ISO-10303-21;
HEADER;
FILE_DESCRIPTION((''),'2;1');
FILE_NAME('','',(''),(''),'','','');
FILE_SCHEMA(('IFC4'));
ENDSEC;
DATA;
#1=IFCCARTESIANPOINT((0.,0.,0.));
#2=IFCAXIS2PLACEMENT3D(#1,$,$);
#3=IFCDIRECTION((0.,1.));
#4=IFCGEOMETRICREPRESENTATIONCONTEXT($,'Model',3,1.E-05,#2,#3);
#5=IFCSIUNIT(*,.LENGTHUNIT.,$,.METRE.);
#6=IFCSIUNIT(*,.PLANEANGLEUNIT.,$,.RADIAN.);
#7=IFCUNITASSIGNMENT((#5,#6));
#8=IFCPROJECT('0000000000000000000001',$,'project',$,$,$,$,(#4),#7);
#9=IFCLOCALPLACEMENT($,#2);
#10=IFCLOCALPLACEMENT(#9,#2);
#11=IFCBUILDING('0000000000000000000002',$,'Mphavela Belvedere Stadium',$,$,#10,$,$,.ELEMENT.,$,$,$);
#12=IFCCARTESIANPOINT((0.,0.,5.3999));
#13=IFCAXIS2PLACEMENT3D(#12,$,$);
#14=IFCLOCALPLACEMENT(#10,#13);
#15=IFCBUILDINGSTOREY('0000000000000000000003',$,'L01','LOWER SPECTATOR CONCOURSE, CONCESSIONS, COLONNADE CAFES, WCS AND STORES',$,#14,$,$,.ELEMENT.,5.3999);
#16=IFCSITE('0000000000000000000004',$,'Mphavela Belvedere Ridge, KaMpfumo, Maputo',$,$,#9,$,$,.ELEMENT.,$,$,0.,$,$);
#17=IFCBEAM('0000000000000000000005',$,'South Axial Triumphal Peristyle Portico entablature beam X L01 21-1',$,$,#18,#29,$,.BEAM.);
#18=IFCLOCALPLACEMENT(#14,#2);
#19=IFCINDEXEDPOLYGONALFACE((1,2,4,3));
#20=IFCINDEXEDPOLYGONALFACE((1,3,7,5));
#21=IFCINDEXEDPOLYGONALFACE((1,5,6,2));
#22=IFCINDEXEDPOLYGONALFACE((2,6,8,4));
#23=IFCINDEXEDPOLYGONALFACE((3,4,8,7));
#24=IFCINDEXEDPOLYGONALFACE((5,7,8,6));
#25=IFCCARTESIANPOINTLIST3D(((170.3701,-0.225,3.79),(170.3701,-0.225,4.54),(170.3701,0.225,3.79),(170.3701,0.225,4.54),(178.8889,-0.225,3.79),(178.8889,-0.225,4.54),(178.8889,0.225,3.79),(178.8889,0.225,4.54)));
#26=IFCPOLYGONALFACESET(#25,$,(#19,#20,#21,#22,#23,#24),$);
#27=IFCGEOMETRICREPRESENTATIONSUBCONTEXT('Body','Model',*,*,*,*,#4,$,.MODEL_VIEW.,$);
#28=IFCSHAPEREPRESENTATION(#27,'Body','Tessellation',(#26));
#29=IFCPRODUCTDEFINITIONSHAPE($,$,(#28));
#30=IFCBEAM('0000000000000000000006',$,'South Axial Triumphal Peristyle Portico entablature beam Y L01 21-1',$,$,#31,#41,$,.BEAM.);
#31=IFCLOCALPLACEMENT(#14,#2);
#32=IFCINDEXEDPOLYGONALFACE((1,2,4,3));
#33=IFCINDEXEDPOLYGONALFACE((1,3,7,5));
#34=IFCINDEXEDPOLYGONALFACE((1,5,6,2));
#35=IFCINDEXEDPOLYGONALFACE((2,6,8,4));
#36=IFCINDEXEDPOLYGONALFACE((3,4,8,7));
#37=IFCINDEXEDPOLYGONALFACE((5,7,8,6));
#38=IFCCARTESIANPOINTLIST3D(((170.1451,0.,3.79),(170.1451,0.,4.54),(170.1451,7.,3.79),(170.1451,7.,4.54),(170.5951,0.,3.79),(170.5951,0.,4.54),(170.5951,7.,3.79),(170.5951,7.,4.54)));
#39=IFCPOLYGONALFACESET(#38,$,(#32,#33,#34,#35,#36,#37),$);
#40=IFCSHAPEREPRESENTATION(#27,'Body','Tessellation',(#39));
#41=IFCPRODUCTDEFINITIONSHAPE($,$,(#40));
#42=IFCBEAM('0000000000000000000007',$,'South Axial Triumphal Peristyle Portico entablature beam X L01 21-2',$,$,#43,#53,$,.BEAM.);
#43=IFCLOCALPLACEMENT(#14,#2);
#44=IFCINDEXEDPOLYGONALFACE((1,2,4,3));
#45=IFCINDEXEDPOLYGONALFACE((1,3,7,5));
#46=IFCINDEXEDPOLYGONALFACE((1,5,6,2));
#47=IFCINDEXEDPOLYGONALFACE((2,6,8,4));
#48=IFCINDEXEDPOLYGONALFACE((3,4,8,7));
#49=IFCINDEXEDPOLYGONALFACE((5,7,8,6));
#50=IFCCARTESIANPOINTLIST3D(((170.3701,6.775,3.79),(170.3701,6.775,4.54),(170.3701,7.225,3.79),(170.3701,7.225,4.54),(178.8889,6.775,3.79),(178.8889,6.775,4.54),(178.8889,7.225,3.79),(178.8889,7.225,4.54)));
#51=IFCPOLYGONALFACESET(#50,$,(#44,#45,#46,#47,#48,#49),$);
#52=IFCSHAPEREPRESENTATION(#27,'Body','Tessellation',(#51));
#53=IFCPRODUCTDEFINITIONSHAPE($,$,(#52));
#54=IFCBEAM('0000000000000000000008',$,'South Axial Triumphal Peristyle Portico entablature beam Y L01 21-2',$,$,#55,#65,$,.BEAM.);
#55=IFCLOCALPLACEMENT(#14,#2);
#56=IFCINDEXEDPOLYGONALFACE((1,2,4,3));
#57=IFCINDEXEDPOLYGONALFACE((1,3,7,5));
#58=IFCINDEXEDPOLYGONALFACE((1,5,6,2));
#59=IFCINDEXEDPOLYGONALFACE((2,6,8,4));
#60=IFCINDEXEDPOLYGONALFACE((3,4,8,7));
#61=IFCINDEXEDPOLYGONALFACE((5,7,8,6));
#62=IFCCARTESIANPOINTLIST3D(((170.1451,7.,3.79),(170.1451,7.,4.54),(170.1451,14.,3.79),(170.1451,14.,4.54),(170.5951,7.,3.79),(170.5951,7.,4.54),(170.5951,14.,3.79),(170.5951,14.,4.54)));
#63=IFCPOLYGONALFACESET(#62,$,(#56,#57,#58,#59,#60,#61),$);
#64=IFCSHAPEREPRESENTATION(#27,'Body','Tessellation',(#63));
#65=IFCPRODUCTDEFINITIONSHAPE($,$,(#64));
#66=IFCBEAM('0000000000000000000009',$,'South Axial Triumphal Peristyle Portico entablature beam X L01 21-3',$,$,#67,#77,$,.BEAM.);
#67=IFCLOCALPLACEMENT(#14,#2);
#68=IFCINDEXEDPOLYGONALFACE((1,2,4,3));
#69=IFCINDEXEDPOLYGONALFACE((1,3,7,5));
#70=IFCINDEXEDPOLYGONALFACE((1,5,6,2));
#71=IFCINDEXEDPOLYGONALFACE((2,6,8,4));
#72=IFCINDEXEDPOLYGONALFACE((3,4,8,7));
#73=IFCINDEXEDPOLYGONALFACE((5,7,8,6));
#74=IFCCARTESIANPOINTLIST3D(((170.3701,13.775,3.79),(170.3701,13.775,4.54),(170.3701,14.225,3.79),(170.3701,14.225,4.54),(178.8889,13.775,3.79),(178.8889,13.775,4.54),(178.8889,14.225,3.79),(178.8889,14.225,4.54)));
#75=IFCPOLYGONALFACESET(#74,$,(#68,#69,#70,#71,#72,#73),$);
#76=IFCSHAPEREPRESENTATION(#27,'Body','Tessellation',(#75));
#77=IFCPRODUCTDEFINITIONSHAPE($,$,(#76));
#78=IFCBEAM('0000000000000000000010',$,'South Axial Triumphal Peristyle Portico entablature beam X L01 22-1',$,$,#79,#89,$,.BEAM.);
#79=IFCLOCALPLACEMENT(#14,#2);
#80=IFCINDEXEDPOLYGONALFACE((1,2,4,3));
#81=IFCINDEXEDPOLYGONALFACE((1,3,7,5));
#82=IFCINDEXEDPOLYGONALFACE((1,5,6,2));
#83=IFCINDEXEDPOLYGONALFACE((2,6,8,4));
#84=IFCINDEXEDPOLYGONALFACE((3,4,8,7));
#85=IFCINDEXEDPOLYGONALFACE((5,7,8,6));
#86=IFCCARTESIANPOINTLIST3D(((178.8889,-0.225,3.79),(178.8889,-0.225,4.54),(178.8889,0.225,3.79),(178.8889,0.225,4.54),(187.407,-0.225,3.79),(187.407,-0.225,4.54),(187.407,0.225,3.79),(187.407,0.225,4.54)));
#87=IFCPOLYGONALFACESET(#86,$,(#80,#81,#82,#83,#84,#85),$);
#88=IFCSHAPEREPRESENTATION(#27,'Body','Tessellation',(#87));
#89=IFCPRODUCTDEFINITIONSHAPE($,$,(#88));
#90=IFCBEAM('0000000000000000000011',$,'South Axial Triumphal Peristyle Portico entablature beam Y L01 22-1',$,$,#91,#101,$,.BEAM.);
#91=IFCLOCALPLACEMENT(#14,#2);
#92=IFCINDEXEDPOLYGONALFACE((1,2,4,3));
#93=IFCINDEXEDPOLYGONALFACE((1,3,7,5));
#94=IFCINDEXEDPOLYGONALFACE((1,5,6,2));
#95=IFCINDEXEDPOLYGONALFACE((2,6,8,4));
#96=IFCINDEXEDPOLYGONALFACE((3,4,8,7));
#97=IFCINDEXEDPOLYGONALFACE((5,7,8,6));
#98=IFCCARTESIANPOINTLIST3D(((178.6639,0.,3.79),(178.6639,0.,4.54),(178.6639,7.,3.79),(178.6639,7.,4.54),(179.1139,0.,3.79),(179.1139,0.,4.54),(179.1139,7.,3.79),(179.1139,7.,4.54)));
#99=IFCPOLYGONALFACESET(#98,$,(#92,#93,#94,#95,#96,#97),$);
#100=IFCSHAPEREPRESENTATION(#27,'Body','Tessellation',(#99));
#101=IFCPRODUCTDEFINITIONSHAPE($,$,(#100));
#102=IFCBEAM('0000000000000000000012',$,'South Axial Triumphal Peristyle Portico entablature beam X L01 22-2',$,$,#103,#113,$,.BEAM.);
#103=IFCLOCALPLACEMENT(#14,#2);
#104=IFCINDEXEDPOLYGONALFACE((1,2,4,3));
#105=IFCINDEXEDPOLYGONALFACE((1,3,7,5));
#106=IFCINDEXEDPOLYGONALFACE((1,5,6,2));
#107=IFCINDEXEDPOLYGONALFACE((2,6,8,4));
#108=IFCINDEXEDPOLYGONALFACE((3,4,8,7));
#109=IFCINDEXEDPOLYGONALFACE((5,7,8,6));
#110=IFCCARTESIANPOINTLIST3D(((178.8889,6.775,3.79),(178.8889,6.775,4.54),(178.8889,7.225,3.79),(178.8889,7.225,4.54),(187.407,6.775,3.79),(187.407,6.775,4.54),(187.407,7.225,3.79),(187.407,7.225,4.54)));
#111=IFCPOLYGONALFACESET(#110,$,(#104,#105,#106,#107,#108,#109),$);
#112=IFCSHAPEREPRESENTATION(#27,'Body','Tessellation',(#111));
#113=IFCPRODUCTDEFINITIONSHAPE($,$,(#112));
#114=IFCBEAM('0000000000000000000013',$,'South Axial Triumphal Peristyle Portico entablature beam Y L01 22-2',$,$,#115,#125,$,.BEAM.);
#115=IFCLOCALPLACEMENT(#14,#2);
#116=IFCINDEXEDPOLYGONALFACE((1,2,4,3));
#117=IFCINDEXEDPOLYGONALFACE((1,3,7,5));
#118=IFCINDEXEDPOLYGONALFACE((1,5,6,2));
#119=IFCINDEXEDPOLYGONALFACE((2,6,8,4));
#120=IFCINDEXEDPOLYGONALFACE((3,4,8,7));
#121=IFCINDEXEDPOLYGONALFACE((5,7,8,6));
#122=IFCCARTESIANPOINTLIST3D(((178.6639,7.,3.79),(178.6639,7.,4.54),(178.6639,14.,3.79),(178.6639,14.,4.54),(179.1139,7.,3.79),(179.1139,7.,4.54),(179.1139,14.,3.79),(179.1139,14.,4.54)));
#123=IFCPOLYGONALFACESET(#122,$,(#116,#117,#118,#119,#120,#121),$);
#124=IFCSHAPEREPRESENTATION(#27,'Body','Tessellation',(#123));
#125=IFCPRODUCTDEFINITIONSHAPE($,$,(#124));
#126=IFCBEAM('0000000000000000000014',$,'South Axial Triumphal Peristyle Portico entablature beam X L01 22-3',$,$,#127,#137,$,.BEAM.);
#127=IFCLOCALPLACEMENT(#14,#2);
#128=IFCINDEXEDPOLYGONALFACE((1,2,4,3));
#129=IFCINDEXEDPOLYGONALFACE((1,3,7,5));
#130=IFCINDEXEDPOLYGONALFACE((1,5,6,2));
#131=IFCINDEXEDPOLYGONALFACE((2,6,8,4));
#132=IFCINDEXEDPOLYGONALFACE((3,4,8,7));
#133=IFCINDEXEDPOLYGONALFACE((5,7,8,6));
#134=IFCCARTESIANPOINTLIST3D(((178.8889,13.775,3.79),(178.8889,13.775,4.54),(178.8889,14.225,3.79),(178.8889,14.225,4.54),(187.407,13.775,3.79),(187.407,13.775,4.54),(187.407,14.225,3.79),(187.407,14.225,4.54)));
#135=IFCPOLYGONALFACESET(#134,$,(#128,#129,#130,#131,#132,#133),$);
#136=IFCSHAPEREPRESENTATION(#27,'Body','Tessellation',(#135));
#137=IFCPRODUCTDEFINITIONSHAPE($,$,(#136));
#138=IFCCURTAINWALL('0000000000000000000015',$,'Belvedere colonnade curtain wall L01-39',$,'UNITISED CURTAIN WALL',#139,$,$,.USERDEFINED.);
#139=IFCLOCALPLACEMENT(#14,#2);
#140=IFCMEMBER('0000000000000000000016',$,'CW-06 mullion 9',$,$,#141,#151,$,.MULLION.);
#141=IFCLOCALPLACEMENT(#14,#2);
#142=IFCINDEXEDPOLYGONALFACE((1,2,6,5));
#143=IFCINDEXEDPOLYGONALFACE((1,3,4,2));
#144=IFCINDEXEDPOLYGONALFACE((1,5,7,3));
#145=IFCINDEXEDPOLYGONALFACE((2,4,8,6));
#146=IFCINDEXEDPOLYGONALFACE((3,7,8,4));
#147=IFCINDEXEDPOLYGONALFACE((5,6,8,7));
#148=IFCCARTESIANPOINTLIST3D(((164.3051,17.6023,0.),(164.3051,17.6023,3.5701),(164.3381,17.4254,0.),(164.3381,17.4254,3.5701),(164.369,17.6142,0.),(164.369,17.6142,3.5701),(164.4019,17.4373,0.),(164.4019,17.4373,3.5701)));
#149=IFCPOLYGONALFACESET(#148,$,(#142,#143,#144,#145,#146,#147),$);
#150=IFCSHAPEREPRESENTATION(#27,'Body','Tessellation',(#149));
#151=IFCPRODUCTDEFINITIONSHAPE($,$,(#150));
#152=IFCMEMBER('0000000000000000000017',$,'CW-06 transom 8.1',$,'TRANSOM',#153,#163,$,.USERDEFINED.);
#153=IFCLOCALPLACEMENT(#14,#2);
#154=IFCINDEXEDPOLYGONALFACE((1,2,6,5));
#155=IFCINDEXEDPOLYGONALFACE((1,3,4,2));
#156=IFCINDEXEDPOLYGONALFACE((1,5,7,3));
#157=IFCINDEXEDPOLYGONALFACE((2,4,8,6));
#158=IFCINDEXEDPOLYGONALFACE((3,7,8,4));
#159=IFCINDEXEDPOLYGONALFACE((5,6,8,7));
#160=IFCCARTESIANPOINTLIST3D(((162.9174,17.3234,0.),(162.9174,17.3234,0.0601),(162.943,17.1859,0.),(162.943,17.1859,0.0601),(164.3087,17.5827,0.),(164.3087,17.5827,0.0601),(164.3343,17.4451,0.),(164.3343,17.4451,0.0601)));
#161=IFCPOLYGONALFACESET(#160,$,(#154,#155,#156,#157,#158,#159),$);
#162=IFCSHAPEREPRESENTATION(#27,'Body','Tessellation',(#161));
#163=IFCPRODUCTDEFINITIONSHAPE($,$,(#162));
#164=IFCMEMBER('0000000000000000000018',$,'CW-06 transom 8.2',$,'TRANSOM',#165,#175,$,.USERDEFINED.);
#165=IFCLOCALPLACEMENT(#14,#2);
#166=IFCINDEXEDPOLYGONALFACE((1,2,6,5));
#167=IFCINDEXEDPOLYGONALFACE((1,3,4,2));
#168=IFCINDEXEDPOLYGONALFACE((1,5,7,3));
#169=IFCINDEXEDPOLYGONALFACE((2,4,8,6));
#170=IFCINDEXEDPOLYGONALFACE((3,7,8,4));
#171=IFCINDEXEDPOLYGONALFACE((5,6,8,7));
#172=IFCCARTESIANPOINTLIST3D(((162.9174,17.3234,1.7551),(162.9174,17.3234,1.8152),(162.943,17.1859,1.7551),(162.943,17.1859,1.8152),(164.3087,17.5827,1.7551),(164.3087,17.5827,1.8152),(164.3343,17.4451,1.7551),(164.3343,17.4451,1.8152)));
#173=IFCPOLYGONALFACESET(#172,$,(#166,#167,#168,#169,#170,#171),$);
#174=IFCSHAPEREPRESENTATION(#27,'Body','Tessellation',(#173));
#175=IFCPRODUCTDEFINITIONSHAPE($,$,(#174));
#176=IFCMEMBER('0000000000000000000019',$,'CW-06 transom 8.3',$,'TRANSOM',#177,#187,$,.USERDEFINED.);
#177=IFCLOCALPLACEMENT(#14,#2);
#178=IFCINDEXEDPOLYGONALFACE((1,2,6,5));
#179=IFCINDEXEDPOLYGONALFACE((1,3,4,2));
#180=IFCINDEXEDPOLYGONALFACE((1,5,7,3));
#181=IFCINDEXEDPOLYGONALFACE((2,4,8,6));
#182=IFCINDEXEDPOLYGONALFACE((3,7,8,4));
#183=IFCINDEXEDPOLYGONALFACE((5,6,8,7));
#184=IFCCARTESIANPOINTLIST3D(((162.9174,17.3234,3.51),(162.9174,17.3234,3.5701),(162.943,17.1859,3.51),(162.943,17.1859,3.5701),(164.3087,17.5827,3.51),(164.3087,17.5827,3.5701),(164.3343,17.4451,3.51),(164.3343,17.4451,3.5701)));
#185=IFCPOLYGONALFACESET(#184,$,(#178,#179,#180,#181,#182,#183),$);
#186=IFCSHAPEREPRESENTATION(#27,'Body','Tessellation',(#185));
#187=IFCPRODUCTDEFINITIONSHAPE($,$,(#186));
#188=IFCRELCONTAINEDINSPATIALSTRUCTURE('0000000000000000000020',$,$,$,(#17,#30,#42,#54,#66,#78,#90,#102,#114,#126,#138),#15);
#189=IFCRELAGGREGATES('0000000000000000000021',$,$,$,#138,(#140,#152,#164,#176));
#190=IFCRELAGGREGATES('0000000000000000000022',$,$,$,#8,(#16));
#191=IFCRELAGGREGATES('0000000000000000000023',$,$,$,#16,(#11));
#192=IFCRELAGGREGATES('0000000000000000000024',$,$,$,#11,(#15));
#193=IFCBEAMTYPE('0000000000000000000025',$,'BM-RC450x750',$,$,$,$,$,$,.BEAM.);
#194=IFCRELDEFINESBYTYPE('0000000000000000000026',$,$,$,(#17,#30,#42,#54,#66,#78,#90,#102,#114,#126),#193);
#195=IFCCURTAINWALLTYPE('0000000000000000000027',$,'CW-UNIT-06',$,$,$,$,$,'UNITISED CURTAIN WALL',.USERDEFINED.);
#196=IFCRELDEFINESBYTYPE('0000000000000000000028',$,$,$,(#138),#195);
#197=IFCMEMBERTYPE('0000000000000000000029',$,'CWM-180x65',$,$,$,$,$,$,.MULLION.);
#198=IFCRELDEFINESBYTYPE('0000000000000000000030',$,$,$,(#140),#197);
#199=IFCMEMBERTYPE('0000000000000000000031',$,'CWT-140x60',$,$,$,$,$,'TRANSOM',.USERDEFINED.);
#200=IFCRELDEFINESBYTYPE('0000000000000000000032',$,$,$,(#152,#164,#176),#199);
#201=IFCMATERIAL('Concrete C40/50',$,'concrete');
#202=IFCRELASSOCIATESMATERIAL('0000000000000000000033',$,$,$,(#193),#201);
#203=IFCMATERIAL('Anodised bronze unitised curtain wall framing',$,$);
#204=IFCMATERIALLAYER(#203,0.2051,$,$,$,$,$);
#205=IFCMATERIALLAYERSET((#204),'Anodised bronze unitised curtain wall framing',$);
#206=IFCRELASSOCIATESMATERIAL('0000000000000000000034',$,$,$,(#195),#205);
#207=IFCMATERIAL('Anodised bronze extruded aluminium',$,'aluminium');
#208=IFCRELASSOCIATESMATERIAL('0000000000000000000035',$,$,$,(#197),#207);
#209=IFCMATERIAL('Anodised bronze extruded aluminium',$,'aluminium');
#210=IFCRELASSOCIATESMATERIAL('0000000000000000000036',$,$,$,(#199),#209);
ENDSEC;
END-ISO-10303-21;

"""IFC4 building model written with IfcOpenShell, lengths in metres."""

from ifc_helpers import new_model, si_unit, direction, frame, origin, origin_2d, place, context, subcontext, project, spatial, rectangle, extrude, material, layer, layer_set, material_profile, profile_set, type_object, element, aggregate, save


model = new_model("IFC4")

# Units and contexts
model_context = context("Model", 3, precision=1e-05, world=origin(), true_north=direction((0.0, 1.0)))
body_context = subcontext(model_context, "Body", "Model", "MODEL_VIEW")
ifc_project = project(units=[si_unit("LENGTHUNIT", "METRE"), si_unit("PLANEANGLEUNIT", "RADIAN")], contexts=[model_context])

# Site, building, storey
site_placement = place(None, origin())
site = spatial("IfcSite", under=ifc_project, at=site_placement, Name="Mphavela Belvedere Ridge, KaMpfumo, Maputo", CompositionType="ELEMENT", RefElevation=0.0)
building_placement = place(site_placement, origin())
building = spatial("IfcBuilding", under=site, at=building_placement, Name="Mphavela Belvedere Stadium", CompositionType="ELEMENT")
storey_placement = place(building_placement, frame((0.0, 0.0, 5.3999)))
storey = spatial("IfcBuildingStorey", under=building, at=storey_placement, Name="L01", Description="LOWER SPECTATOR CONCOURSE, CONCESSIONS, COLONNADE CAFES, WCS AND STORES", CompositionType="ELEMENT", Elevation=5.3999)

# Beams
ifc_material_1 = material(Name="Concrete C40/50", Category="concrete")
ifc_material_profile_1 = material_profile(ifc_material_1, rectangle(XDim=0.45, YDim=0.75, at=origin_2d()), Name="RC 450x750")
ifc_profile_set_1 = profile_set([ifc_material_profile_1], Name="Concrete C40/50")
beam_type_1 = type_object("IfcBeamType", Name="BM-RC450x750", PredefinedType="BEAM", material=ifc_profile_set_1)
beam_1_placement = place(storey_placement, frame((170.3701, 0.0, 4.165), z_axis=(1.0, 0.0, 0.0), x_axis=(0.0, 1.0, 0.0)))
element("IfcBeam", 1, at=beam_1_placement, inside=storey, type_object=beam_type_1, Name="South Axial Triumphal Peristyle Portico entablature beam X L01 21-1", PredefinedType="BEAM", context=body_context, shape_type="SweptSolid", body=[
    extrude(rectangle(XDim=0.45, YDim=0.75, at=origin_2d()), origin(), (0.0, 0.0, 1.0), 8.5188),
])
beam_2_placement = place(storey_placement, frame((170.3701, 0.0, 4.165), z_axis=(0.0, 1.0, 0.0), x_axis=(-1.0, 0.0, 0.0)))
element("IfcBeam", 2, at=beam_2_placement, inside=storey, type_object=beam_type_1, Name="South Axial Triumphal Peristyle Portico entablature beam Y L01 21-1", PredefinedType="BEAM", context=body_context, shape_type="SweptSolid", body=[
    extrude(rectangle(XDim=0.45, YDim=0.75, at=origin_2d()), origin(), (0.0, 0.0, 1.0), 7.0),
])
beam_3_placement = place(storey_placement, frame((170.3701, 7.0, 4.165), z_axis=(1.0, 0.0, 0.0), x_axis=(0.0, 1.0, 0.0)))
element("IfcBeam", 3, at=beam_3_placement, inside=storey, type_object=beam_type_1, Name="South Axial Triumphal Peristyle Portico entablature beam X L01 21-2", PredefinedType="BEAM", context=body_context, shape_type="SweptSolid", body=[
    extrude(rectangle(XDim=0.45, YDim=0.75, at=origin_2d()), origin(), (0.0, 0.0, 1.0), 8.5188),
])
beam_4_placement = place(storey_placement, frame((170.3701, 7.0, 4.165), z_axis=(0.0, 1.0, 0.0), x_axis=(-1.0, 0.0, 0.0)))
element("IfcBeam", 4, at=beam_4_placement, inside=storey, type_object=beam_type_1, Name="South Axial Triumphal Peristyle Portico entablature beam Y L01 21-2", PredefinedType="BEAM", context=body_context, shape_type="SweptSolid", body=[
    extrude(rectangle(XDim=0.45, YDim=0.75, at=origin_2d()), origin(), (0.0, 0.0, 1.0), 7.0),
])
beam_5_placement = place(storey_placement, frame((170.3701, 14.0, 4.165), z_axis=(1.0, 0.0, 0.0), x_axis=(0.0, 1.0, 0.0)))
element("IfcBeam", 5, at=beam_5_placement, inside=storey, type_object=beam_type_1, Name="South Axial Triumphal Peristyle Portico entablature beam X L01 21-3", PredefinedType="BEAM", context=body_context, shape_type="SweptSolid", body=[
    extrude(rectangle(XDim=0.45, YDim=0.75, at=origin_2d()), origin(), (0.0, 0.0, 1.0), 8.5188),
])
beam_6_placement = place(storey_placement, frame((178.8889, 0.0, 4.165), z_axis=(1.0, 0.0, 0.0), x_axis=(0.0, 1.0, 0.0)))
element("IfcBeam", 6, at=beam_6_placement, inside=storey, type_object=beam_type_1, Name="South Axial Triumphal Peristyle Portico entablature beam X L01 22-1", PredefinedType="BEAM", context=body_context, shape_type="SweptSolid", body=[
    extrude(rectangle(XDim=0.45, YDim=0.75, at=origin_2d()), origin(), (0.0, 0.0, 1.0), 8.5181),
])
beam_7_placement = place(storey_placement, frame((178.8889, 0.0, 4.165), z_axis=(0.0, 1.0, 0.0), x_axis=(-1.0, 0.0, 0.0)))
element("IfcBeam", 7, at=beam_7_placement, inside=storey, type_object=beam_type_1, Name="South Axial Triumphal Peristyle Portico entablature beam Y L01 22-1", PredefinedType="BEAM", context=body_context, shape_type="SweptSolid", body=[
    extrude(rectangle(XDim=0.45, YDim=0.75, at=origin_2d()), origin(), (0.0, 0.0, 1.0), 7.0),
])
beam_8_placement = place(storey_placement, frame((178.8889, 7.0, 4.165), z_axis=(1.0, 0.0, 0.0), x_axis=(0.0, 1.0, 0.0)))
element("IfcBeam", 8, at=beam_8_placement, inside=storey, type_object=beam_type_1, Name="South Axial Triumphal Peristyle Portico entablature beam X L01 22-2", PredefinedType="BEAM", context=body_context, shape_type="SweptSolid", body=[
    extrude(rectangle(XDim=0.45, YDim=0.75, at=origin_2d()), origin(), (0.0, 0.0, 1.0), 8.5181),
])
beam_9_placement = place(storey_placement, frame((178.8889, 7.0, 4.165), z_axis=(0.0, 1.0, 0.0), x_axis=(-1.0, 0.0, 0.0)))
element("IfcBeam", 9, at=beam_9_placement, inside=storey, type_object=beam_type_1, Name="South Axial Triumphal Peristyle Portico entablature beam Y L01 22-2", PredefinedType="BEAM", context=body_context, shape_type="SweptSolid", body=[
    extrude(rectangle(XDim=0.45, YDim=0.75, at=origin_2d()), origin(), (0.0, 0.0, 1.0), 7.0),
])
beam_10_placement = place(storey_placement, frame((178.8889, 14.0, 4.165), z_axis=(1.0, 0.0, 0.0), x_axis=(0.0, 1.0, 0.0)))
element("IfcBeam", 10, at=beam_10_placement, inside=storey, type_object=beam_type_1, Name="South Axial Triumphal Peristyle Portico entablature beam X L01 22-3", PredefinedType="BEAM", context=body_context, shape_type="SweptSolid", body=[
    extrude(rectangle(XDim=0.45, YDim=0.75, at=origin_2d()), origin(), (0.0, 0.0, 1.0), 8.5181),
])

# Curtain wall, members
ifc_material_2 = material(Name="Anodised bronze unitised curtain wall framing")
ifc_layer_1 = layer(ifc_material_2, 0.2051)
ifc_layer_set_1 = layer_set([ifc_layer_1], Name="Anodised bronze unitised curtain wall framing")
curtain_wall_type = type_object("IfcCurtainWallType", Name="CW-UNIT-06", ElementType="UNITISED CURTAIN WALL", PredefinedType="USERDEFINED", material=ifc_layer_set_1)
curtain_wall_placement = place(storey_placement, origin())
curtain_wall = element("IfcCurtainWall", 11, at=curtain_wall_placement, inside=storey, type_object=curtain_wall_type, Name="Belvedere colonnade curtain wall L01-39", ObjectType="UNITISED CURTAIN WALL", PredefinedType="USERDEFINED")
ifc_material_3 = material(Name="Anodised bronze extruded aluminium", Category="aluminium")
ifc_material_profile_2 = material_profile(ifc_material_3, rectangle(XDim=0.1799, YDim=0.0649, at=origin_2d()), Name="CW-MUL 180x65")
ifc_profile_set_2 = profile_set([ifc_material_profile_2], Name="Anodised bronze extruded aluminium")
member_type_1 = type_object("IfcMemberType", Name="CWM-180x65", PredefinedType="MULLION", material=ifc_profile_set_2)
member_1_placement = place(storey_placement, frame((164.3535, 17.5198, 0.0), z_axis=(0.0, 0.0, 1.0), x_axis=(-0.183095, 0.983095, 0.0)))
member_1 = element("IfcMember", 12, at=member_1_placement, type_object=member_type_1, Name="CW-06 mullion 9", PredefinedType="MULLION", context=body_context, shape_type="SweptSolid", body=[
    extrude(rectangle(XDim=0.1799, YDim=0.0649, at=origin_2d()), origin(), (0.0, 0.0, 1.0), 3.5701),
])
ifc_material_4 = material(Name="Anodised bronze extruded aluminium", Category="aluminium")
ifc_material_profile_3 = material_profile(ifc_material_4, rectangle(XDim=0.1399, YDim=0.0601, at=origin_2d()), Name="CW-TRN 140x60")
ifc_profile_set_3 = profile_set([ifc_material_profile_3], Name="Anodised bronze extruded aluminium")
member_type_2 = type_object("IfcMemberType", Name="CWT-140x60", ElementType="TRANSOM", PredefinedType="USERDEFINED", material=ifc_profile_set_3)
member_2_placement = place(storey_placement, frame((162.9302, 17.2546, 0.03), z_axis=(0.983077, 0.183195, 0.0), x_axis=(-0.183195, 0.983077, 0.0)))
member_2 = element("IfcMember", 13, at=member_2_placement, type_object=member_type_2, Name="CW-06 transom 8.1", ObjectType="TRANSOM", PredefinedType="USERDEFINED", context=body_context, shape_type="SweptSolid", body=[
    extrude(rectangle(XDim=0.1399, YDim=0.0601, at=origin_2d()), origin(), (0.0, 0.0, 1.0), 1.4153),
])
member_3_placement = place(storey_placement, frame((162.9302, 17.2546, 1.7852), z_axis=(0.983077, 0.183195, 0.0), x_axis=(-0.183195, 0.983077, 0.0)))
member_3 = element("IfcMember", 14, at=member_3_placement, type_object=member_type_2, Name="CW-06 transom 8.2", ObjectType="TRANSOM", PredefinedType="USERDEFINED", context=body_context, shape_type="SweptSolid", body=[
    extrude(rectangle(XDim=0.1399, YDim=0.0601, at=origin_2d()), origin(), (0.0, 0.0, 1.0), 1.4153),
])
member_4_placement = place(storey_placement, frame((162.9302, 17.2546, 3.54), z_axis=(0.983077, 0.183195, 0.0), x_axis=(-0.183195, 0.983077, 0.0)))
member_4 = element("IfcMember", 15, at=member_4_placement, type_object=member_type_2, Name="CW-06 transom 8.3", ObjectType="TRANSOM", PredefinedType="USERDEFINED", context=body_context, shape_type="SweptSolid", body=[
    extrude(rectangle(XDim=0.1399, YDim=0.0601, at=origin_2d()), origin(), (0.0, 0.0, 1.0), 1.4153),
])
aggregate(curtain_wall, [member_1, member_2, member_3, member_4])

save(model, "model.ifc")
